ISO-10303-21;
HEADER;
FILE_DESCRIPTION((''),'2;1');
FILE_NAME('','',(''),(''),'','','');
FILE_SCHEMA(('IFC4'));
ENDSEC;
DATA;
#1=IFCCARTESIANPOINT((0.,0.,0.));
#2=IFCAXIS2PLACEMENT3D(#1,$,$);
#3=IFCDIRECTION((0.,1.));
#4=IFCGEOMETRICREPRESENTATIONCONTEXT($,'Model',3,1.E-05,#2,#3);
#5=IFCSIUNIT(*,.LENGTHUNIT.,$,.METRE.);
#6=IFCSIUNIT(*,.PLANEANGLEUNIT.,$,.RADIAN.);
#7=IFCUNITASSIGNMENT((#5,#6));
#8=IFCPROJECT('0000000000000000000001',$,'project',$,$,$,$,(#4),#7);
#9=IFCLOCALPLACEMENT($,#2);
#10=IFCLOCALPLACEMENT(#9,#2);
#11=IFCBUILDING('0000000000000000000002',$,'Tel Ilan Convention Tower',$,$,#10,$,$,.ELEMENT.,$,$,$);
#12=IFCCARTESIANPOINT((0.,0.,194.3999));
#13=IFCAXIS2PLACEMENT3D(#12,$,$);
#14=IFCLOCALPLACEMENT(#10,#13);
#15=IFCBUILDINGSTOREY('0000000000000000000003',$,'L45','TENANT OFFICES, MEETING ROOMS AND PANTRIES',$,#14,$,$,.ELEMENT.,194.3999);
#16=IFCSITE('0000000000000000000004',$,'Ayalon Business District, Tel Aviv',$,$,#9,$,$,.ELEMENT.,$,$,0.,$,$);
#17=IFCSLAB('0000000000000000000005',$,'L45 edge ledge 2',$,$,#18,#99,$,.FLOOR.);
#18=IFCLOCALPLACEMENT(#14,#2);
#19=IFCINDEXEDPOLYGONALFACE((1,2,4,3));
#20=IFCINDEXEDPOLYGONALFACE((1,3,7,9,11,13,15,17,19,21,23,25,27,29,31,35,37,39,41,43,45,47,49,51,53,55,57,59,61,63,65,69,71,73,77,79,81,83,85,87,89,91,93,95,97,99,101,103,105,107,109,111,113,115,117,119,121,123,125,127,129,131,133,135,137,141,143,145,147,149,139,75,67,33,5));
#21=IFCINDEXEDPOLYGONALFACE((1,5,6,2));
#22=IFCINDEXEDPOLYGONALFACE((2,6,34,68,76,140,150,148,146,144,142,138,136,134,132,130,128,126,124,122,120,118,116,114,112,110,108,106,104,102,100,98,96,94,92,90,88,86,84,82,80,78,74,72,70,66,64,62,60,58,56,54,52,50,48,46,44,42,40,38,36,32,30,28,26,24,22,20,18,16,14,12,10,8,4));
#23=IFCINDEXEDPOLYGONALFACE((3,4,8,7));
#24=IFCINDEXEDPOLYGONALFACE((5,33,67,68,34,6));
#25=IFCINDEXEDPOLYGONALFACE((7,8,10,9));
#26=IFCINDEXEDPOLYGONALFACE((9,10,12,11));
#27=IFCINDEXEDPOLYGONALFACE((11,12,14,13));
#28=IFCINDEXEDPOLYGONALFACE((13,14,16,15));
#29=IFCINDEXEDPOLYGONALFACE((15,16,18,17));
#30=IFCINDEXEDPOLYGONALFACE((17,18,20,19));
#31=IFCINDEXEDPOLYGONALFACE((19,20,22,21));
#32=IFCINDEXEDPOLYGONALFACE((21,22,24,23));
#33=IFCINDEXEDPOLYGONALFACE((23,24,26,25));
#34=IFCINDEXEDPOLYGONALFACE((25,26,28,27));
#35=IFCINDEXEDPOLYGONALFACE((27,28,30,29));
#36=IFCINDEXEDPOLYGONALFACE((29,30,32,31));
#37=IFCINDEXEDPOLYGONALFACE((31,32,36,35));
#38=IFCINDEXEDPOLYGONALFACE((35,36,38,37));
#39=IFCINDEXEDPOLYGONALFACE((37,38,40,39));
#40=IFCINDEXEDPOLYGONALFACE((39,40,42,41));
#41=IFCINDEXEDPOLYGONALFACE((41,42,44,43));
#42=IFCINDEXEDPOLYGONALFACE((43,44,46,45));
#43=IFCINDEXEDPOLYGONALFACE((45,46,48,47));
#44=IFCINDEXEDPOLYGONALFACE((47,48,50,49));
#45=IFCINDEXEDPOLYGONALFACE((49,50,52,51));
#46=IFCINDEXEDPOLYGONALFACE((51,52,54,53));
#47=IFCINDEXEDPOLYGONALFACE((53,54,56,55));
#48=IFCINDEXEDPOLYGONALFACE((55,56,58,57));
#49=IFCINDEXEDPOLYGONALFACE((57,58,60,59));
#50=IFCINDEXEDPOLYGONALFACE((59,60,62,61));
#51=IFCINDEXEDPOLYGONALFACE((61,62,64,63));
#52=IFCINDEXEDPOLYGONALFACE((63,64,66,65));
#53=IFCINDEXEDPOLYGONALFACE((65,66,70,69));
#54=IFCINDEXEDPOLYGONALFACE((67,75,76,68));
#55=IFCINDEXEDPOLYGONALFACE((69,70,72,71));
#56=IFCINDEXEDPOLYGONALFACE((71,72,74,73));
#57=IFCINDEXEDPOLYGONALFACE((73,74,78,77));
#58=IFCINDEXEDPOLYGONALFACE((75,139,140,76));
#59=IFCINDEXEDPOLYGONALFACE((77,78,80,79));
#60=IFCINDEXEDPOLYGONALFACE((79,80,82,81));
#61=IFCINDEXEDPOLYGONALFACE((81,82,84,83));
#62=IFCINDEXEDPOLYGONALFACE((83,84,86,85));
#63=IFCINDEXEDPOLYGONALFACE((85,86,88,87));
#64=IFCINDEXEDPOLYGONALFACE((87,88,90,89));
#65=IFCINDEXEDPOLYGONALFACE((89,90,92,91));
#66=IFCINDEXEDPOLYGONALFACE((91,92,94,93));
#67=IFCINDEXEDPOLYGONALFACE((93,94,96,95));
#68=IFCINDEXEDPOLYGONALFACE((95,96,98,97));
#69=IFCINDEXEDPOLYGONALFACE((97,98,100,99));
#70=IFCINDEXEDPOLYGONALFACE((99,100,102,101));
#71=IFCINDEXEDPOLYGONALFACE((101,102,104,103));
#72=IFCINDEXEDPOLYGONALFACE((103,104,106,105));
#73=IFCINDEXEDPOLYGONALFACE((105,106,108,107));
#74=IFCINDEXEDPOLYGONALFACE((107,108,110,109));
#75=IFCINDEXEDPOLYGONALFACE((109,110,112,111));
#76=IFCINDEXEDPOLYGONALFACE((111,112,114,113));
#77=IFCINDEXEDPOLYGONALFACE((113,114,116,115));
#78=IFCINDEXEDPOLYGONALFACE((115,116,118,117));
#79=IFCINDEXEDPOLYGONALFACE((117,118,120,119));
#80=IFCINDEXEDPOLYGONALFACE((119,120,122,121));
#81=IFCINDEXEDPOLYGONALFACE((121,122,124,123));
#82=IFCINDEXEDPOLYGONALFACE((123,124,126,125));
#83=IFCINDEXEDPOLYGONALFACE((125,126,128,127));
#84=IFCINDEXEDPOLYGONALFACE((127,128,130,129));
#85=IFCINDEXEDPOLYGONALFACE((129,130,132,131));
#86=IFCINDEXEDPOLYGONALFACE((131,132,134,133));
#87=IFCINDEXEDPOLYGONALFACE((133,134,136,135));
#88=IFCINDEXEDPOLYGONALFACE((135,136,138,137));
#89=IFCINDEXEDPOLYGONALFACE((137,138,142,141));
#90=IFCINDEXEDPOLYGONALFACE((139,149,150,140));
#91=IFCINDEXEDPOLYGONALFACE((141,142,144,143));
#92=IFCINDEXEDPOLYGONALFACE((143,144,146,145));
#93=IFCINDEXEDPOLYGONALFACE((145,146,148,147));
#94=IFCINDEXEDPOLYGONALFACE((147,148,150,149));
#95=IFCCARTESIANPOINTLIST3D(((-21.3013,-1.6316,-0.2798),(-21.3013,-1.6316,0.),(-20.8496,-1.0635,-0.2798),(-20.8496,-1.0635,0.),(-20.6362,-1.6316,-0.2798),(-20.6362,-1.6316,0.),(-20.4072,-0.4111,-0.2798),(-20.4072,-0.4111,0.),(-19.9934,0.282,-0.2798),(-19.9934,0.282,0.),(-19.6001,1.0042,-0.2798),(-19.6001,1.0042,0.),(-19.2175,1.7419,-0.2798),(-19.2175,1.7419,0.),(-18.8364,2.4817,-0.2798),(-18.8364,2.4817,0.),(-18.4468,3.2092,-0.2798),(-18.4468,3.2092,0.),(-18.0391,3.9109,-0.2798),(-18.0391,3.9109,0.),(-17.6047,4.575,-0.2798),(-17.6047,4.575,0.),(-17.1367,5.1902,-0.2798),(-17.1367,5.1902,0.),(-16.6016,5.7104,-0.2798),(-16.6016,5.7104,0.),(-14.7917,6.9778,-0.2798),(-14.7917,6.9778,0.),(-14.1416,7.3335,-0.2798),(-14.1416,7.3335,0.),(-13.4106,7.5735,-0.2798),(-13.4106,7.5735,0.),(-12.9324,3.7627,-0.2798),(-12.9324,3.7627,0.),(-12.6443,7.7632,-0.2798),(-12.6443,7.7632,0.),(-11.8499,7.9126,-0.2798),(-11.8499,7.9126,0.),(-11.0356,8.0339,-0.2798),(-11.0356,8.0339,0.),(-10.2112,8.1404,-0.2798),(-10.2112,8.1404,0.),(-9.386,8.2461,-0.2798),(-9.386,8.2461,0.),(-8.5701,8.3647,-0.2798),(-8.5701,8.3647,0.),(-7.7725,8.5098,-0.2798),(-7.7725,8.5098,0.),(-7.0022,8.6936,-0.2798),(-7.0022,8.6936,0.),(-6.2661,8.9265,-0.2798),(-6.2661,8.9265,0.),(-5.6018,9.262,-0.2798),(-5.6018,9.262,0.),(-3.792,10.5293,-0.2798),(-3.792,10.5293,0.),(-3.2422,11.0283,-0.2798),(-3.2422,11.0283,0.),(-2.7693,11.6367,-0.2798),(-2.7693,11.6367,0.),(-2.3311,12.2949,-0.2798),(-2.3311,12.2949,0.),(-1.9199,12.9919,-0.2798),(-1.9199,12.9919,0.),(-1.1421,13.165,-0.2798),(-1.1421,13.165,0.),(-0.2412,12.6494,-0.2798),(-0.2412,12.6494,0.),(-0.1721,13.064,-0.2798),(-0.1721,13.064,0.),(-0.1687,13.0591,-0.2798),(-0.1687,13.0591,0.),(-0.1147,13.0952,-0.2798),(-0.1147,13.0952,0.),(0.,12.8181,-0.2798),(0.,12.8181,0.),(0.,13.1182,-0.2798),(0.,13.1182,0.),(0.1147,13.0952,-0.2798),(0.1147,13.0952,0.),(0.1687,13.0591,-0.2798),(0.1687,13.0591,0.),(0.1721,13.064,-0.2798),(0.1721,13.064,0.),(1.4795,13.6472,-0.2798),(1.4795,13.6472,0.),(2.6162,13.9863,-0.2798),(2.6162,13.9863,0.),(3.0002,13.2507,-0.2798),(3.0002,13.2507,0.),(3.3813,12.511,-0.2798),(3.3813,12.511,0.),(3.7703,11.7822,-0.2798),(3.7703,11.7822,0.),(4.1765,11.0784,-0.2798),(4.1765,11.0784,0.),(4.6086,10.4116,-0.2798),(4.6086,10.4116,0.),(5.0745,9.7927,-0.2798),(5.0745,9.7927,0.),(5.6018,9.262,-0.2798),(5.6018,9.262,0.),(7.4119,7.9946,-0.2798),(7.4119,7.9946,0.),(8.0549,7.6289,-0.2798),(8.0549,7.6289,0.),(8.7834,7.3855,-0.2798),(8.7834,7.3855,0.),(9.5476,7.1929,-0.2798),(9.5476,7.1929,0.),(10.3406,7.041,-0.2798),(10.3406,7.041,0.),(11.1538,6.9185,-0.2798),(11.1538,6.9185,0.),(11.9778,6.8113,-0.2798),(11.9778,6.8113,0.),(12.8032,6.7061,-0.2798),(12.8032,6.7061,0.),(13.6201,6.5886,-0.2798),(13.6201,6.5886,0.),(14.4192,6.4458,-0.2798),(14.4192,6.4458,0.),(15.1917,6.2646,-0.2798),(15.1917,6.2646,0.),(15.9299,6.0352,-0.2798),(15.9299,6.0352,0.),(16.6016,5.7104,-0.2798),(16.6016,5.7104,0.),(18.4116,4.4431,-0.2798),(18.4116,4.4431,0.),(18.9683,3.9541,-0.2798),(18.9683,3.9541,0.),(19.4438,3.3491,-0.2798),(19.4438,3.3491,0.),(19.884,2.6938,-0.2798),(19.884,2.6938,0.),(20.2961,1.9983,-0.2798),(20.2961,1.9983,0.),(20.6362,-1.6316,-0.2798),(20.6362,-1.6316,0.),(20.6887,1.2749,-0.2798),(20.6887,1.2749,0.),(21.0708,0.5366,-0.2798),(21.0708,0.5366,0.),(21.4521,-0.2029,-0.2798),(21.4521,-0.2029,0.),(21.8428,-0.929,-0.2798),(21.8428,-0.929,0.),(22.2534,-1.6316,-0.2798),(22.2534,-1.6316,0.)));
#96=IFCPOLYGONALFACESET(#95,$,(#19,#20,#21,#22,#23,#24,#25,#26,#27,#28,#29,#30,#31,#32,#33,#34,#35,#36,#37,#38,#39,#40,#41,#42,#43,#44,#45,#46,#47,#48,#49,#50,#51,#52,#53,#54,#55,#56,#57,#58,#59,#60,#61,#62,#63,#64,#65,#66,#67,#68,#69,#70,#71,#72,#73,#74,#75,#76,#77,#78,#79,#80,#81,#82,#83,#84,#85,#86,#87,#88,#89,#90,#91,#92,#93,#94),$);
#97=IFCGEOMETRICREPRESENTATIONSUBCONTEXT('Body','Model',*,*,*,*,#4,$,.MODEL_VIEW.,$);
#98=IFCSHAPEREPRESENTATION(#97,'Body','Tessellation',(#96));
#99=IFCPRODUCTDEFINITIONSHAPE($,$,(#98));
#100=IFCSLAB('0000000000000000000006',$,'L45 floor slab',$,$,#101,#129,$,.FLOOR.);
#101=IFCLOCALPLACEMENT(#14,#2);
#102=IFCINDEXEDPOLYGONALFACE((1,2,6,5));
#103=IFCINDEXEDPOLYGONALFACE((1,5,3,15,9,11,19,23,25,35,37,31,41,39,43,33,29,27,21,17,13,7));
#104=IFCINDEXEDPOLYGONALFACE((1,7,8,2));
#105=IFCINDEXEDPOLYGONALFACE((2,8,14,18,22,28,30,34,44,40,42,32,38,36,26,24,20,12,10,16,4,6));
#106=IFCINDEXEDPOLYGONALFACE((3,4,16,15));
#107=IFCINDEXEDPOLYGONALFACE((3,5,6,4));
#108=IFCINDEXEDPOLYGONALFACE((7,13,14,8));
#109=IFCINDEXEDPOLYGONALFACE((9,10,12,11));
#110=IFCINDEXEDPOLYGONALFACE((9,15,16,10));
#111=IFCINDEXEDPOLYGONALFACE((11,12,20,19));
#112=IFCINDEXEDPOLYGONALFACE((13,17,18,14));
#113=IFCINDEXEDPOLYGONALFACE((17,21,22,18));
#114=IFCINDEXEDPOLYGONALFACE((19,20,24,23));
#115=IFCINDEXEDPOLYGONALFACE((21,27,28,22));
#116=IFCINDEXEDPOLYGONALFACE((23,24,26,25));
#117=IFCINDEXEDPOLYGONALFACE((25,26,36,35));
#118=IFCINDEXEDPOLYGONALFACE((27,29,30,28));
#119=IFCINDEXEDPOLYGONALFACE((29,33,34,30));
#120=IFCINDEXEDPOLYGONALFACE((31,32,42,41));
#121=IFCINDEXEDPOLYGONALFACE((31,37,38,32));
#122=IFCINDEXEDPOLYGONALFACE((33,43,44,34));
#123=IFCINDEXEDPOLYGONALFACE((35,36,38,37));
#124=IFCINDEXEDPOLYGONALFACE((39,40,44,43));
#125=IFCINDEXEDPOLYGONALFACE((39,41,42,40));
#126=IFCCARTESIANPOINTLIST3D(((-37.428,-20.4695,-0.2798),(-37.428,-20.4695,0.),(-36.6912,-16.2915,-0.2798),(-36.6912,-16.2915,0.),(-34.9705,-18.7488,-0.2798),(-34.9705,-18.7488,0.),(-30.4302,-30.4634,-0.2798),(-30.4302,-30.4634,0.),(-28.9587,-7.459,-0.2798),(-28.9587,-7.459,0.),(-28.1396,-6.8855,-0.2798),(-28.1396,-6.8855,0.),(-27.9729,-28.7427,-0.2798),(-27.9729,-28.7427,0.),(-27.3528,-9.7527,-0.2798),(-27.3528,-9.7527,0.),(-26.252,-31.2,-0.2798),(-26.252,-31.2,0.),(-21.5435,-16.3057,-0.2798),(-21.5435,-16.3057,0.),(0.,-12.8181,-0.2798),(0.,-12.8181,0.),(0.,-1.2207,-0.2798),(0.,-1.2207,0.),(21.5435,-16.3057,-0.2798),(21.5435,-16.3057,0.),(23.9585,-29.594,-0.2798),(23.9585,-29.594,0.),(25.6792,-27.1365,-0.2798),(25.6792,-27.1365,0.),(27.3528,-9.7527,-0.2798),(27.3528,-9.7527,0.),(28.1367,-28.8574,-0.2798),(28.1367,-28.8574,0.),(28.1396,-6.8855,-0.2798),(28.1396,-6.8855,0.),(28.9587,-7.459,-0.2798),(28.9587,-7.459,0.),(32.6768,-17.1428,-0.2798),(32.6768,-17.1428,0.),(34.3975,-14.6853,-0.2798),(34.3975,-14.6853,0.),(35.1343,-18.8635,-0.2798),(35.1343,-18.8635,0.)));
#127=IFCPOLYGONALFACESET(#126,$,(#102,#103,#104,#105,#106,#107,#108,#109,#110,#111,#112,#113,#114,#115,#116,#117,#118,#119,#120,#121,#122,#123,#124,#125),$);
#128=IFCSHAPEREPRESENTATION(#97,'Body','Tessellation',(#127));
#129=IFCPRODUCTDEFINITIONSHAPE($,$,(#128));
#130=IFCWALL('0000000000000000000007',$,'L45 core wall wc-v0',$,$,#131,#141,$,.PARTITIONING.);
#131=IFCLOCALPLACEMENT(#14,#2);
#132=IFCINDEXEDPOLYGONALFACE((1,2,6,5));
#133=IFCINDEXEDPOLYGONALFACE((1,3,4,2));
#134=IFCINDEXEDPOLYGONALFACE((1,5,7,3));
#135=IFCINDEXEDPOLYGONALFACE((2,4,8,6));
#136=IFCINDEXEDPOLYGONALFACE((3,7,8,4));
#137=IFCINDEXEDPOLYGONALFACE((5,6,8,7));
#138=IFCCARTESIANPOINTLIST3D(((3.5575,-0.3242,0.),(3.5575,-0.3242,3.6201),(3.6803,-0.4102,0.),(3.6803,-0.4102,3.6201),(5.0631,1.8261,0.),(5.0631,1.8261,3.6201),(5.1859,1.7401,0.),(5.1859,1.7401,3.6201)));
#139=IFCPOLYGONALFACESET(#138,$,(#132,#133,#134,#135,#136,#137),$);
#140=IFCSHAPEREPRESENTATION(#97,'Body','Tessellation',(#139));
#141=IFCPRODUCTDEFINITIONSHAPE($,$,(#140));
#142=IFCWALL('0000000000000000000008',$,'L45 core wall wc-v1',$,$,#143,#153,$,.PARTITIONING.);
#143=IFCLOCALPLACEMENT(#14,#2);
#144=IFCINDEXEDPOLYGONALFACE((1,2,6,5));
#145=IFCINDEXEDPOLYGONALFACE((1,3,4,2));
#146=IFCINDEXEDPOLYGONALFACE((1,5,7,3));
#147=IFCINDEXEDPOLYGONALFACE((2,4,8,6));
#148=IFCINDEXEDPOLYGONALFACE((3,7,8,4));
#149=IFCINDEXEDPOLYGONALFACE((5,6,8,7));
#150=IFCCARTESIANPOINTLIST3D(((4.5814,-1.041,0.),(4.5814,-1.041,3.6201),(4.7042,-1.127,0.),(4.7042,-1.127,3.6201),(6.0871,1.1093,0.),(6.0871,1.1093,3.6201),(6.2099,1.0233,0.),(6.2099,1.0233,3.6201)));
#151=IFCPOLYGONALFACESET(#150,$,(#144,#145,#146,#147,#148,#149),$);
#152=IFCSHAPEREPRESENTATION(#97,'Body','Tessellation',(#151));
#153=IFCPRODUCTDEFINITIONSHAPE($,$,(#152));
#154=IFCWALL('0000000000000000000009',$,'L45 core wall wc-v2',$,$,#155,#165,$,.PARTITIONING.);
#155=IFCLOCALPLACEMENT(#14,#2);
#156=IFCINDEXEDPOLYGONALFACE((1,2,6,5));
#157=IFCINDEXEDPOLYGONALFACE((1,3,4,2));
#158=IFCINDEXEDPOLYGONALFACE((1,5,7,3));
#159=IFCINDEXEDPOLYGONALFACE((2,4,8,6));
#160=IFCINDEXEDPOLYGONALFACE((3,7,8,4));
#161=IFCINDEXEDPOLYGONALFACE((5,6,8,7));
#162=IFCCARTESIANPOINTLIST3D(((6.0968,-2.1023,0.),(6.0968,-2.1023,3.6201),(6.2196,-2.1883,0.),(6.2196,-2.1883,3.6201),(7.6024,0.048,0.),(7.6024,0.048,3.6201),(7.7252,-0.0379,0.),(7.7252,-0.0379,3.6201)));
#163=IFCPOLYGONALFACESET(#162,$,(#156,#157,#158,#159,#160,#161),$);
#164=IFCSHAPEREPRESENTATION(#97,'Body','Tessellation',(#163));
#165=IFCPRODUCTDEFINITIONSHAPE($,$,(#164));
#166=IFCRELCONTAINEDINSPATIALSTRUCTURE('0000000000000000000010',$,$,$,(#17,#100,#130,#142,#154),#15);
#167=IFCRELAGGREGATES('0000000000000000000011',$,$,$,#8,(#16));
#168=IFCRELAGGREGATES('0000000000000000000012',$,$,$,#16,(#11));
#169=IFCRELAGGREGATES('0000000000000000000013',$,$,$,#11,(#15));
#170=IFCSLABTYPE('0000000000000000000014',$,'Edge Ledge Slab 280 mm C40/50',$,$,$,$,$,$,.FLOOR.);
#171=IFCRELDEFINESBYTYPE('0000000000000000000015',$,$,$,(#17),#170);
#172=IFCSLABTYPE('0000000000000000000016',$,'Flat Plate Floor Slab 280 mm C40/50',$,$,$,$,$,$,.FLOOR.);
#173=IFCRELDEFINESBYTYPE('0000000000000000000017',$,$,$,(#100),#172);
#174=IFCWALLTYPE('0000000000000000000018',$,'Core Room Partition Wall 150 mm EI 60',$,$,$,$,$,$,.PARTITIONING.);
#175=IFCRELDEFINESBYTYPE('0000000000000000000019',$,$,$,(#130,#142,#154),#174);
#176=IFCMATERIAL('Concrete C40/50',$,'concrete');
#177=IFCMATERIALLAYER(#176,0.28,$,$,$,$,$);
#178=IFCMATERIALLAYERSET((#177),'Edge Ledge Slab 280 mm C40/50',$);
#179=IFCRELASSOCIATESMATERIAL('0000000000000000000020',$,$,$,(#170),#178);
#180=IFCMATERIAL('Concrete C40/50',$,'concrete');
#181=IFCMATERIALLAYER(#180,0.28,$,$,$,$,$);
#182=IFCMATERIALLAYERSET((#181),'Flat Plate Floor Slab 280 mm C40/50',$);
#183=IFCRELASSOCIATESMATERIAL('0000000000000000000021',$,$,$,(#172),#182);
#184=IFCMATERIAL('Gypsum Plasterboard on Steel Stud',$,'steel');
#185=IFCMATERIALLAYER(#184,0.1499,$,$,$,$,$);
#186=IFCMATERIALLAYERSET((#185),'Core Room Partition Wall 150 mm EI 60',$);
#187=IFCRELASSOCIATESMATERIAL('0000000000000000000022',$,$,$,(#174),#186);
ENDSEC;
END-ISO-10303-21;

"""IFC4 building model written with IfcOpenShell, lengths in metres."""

from ifc_helpers import new_model, si_unit, direction, frame, frame_2d, origin, place, context, subcontext, project, spatial, polyline, rectangle, outline, extrude, material, layer, layer_set, type_object, element, save


model = new_model("IFC4")

# Units and contexts
model_context = context("Model", 3, precision=1e-05, world=origin(), true_north=direction((0.0, 1.0)))
body_context = subcontext(model_context, "Body", "Model", "MODEL_VIEW")
ifc_project = project(units=[si_unit("LENGTHUNIT", "METRE"), si_unit("PLANEANGLEUNIT", "RADIAN")], contexts=[model_context])

# Site, building, storey
site_placement = place(None, origin())
site = spatial("IfcSite", under=ifc_project, at=site_placement, Name="Ayalon Business District, Tel Aviv", CompositionType="ELEMENT", RefElevation=0.0)
building_placement = place(site_placement, origin())
building = spatial("IfcBuilding", under=site, at=building_placement, Name="Tel Ilan Convention Tower", CompositionType="ELEMENT")
storey_placement = place(building_placement, frame((0.0, 0.0, 194.3999)))
storey = spatial("IfcBuildingStorey", under=building, at=storey_placement, Name="L45", Description="TENANT OFFICES, MEETING ROOMS AND PANTRIES", CompositionType="ELEMENT", Elevation=194.3999)

# Slabs
ifc_material_1 = material(Name="Concrete C40/50", Category="concrete")
ifc_layer_1 = layer(ifc_material_1, 0.28)
ifc_layer_set_1 = layer_set([ifc_layer_1], Name="Edge Ledge Slab 280 mm C40/50")
slab_type_1 = type_object("IfcSlabType", Name="Edge Ledge Slab 280 mm C40/50", PredefinedType="FLOOR", material=ifc_layer_set_1)
slab_1_placement = place(storey_placement, frame((0.0, 0.0, -0.2798)))
element("IfcSlab", 1, at=slab_1_placement, inside=storey, type_object=slab_type_1, Name="L45 edge ledge 2", PredefinedType="FLOOR", context=body_context, shape_type="SweptSolid", body=[
    extrude(outline(polyline([(-19.6001, 1.0042), (-19.2175, 1.7419), (-18.8364, 2.4817), (-18.4468, 3.2092), (-18.0391, 3.9109), (-17.6047, 4.575), (-17.1367, 5.1902), (-16.6016, 5.7104), (-14.7917, 6.9778), (-14.1416, 7.3335), (-13.4106, 7.5735), (-12.6443, 7.7632), (-11.8499, 7.9126), (-11.0356, 8.0339), (-10.2112, 8.1404), (-9.386, 8.2461), (-8.5701, 8.3647), (-7.7725, 8.5098), (-7.0022, 8.6936), (-6.2661, 8.9265), (-5.6018, 9.262), (-3.792, 10.5293), (-3.2422, 11.0283), (-2.7693, 11.6367), (-2.3311, 12.2949), (-1.9199, 12.9919), (-1.1421, 13.165), (-0.1721, 13.064), (-0.1687, 13.0591), (-0.1147, 13.0952), (0.0, 13.1182), (0.1147, 13.0952), (0.1687, 13.0591), (0.1721, 13.064), (1.4795, 13.6472), (2.6162, 13.9863), (3.0002, 13.2507), (3.3813, 12.511), (3.7703, 11.7822), (4.1765, 11.0784), (4.6086, 10.4116), (5.0745, 9.7927), (5.6018, 9.262), (7.4119, 7.9946), (8.0549, 7.6289), (8.7834, 7.3855), (9.5476, 7.1929), (10.3406, 7.041), (11.1538, 6.9185), (11.9778, 6.8113), (12.8032, 6.7061), (13.6201, 6.5886), (14.4192, 6.4458), (15.1917, 6.2646), (15.9299, 6.0352), (16.6016, 5.7104), (18.4116, 4.4431), (18.9683, 3.9541), (19.4438, 3.3491), (19.884, 2.6938), (20.2961, 1.9983), (20.6887, 1.2749), (21.0708, 0.5366), (21.4521, -0.2029), (21.8428, -0.929), (22.2534, -1.6316), (20.6362, -1.6316), (0.0, 12.8181), (-0.2412, 12.6494), (-12.9324, 3.7627), (-20.6362, -1.6316), (-21.3013, -1.6316), (-20.8496, -1.0635), (-20.4072, -0.4111), (-19.9934, 0.282), (-19.6001, 1.0042)])), origin(), (0.0, 0.0, 1.0), 0.2798),
])
ifc_material_2 = material(Name="Concrete C40/50", Category="concrete")
ifc_layer_2 = layer(ifc_material_2, 0.28)
ifc_layer_set_2 = layer_set([ifc_layer_2], Name="Flat Plate Floor Slab 280 mm C40/50")
slab_type_2 = type_object("IfcSlabType", Name="Flat Plate Floor Slab 280 mm C40/50", PredefinedType="FLOOR", material=ifc_layer_set_2)
slab_2_placement = place(storey_placement, frame((0.0, 0.0, -0.2798)))
element("IfcSlab", 2, at=slab_2_placement, inside=storey, type_object=slab_type_2, Name="L45 floor slab", PredefinedType="FLOOR", context=body_context, shape_type="SweptSolid", body=[
    extrude(outline(polyline([(-21.5435, -16.3057), (0.0, -1.2207), (21.5435, -16.3057), (28.1396, -6.8855), (28.9587, -7.459), (27.3528, -9.7527), (34.3975, -14.6853), (32.6768, -17.1428), (35.1343, -18.8635), (28.1367, -28.8574), (25.6792, -27.1365), (23.9585, -29.594), (0.0, -12.8181), (-26.252, -31.2), (-27.9729, -28.7427), (-30.4302, -30.4634), (-37.428, -20.4695), (-34.9705, -18.7488), (-36.6912, -16.2915), (-27.3528, -9.7527), (-28.9587, -7.459), (-28.1396, -6.8855), (-21.5435, -16.3057)])), origin(), (0.0, 0.0, 1.0), 0.2798),
])

# Walls
ifc_material_3 = material(Name="Gypsum Plasterboard on Steel Stud", Category="steel")
ifc_layer_3 = layer(ifc_material_3, 0.1499)
ifc_layer_set_3 = layer_set([ifc_layer_3], Name="Core Room Partition Wall 150 mm EI 60")
wall_type_1 = type_object("IfcWallType", Name="Core Room Partition Wall 150 mm EI 60", PredefinedType="PARTITIONING", material=ifc_layer_set_3)
for number, where, z_axis, x_axis, name in (
    (3, (3.6189, -0.3672, 0.0), (0.0, 0.0, 1.0), (0.57355, 0.819171, 0.0), "L45 core wall wc-v0"),
    (4, (4.6428, -1.084, 0.0), (0.0, 0.0, 1.0), (0.573593, 0.81914, 0.0), "L45 core wall wc-v1"),
    (5, (6.1582, -2.1453, 0.0), (0.0, 0.0, 1.0), (0.57355, 0.819171, 0.0), "L45 core wall wc-v2"),
):
    element("IfcWall", number, at=place(storey_placement, frame(where, z_axis=z_axis, x_axis=x_axis)), inside=storey, type_object=wall_type_1, Name=name, PredefinedType="PARTITIONING", context=body_context, shape_type="SweptSolid", body=[
        extrude(rectangle(XDim=2.625, YDim=0.1499, at=frame_2d((1.3125, 0.0))), origin(), (0.0, 0.0, 1.0), 3.6201),
    ])

save(model, "model.ifc")
